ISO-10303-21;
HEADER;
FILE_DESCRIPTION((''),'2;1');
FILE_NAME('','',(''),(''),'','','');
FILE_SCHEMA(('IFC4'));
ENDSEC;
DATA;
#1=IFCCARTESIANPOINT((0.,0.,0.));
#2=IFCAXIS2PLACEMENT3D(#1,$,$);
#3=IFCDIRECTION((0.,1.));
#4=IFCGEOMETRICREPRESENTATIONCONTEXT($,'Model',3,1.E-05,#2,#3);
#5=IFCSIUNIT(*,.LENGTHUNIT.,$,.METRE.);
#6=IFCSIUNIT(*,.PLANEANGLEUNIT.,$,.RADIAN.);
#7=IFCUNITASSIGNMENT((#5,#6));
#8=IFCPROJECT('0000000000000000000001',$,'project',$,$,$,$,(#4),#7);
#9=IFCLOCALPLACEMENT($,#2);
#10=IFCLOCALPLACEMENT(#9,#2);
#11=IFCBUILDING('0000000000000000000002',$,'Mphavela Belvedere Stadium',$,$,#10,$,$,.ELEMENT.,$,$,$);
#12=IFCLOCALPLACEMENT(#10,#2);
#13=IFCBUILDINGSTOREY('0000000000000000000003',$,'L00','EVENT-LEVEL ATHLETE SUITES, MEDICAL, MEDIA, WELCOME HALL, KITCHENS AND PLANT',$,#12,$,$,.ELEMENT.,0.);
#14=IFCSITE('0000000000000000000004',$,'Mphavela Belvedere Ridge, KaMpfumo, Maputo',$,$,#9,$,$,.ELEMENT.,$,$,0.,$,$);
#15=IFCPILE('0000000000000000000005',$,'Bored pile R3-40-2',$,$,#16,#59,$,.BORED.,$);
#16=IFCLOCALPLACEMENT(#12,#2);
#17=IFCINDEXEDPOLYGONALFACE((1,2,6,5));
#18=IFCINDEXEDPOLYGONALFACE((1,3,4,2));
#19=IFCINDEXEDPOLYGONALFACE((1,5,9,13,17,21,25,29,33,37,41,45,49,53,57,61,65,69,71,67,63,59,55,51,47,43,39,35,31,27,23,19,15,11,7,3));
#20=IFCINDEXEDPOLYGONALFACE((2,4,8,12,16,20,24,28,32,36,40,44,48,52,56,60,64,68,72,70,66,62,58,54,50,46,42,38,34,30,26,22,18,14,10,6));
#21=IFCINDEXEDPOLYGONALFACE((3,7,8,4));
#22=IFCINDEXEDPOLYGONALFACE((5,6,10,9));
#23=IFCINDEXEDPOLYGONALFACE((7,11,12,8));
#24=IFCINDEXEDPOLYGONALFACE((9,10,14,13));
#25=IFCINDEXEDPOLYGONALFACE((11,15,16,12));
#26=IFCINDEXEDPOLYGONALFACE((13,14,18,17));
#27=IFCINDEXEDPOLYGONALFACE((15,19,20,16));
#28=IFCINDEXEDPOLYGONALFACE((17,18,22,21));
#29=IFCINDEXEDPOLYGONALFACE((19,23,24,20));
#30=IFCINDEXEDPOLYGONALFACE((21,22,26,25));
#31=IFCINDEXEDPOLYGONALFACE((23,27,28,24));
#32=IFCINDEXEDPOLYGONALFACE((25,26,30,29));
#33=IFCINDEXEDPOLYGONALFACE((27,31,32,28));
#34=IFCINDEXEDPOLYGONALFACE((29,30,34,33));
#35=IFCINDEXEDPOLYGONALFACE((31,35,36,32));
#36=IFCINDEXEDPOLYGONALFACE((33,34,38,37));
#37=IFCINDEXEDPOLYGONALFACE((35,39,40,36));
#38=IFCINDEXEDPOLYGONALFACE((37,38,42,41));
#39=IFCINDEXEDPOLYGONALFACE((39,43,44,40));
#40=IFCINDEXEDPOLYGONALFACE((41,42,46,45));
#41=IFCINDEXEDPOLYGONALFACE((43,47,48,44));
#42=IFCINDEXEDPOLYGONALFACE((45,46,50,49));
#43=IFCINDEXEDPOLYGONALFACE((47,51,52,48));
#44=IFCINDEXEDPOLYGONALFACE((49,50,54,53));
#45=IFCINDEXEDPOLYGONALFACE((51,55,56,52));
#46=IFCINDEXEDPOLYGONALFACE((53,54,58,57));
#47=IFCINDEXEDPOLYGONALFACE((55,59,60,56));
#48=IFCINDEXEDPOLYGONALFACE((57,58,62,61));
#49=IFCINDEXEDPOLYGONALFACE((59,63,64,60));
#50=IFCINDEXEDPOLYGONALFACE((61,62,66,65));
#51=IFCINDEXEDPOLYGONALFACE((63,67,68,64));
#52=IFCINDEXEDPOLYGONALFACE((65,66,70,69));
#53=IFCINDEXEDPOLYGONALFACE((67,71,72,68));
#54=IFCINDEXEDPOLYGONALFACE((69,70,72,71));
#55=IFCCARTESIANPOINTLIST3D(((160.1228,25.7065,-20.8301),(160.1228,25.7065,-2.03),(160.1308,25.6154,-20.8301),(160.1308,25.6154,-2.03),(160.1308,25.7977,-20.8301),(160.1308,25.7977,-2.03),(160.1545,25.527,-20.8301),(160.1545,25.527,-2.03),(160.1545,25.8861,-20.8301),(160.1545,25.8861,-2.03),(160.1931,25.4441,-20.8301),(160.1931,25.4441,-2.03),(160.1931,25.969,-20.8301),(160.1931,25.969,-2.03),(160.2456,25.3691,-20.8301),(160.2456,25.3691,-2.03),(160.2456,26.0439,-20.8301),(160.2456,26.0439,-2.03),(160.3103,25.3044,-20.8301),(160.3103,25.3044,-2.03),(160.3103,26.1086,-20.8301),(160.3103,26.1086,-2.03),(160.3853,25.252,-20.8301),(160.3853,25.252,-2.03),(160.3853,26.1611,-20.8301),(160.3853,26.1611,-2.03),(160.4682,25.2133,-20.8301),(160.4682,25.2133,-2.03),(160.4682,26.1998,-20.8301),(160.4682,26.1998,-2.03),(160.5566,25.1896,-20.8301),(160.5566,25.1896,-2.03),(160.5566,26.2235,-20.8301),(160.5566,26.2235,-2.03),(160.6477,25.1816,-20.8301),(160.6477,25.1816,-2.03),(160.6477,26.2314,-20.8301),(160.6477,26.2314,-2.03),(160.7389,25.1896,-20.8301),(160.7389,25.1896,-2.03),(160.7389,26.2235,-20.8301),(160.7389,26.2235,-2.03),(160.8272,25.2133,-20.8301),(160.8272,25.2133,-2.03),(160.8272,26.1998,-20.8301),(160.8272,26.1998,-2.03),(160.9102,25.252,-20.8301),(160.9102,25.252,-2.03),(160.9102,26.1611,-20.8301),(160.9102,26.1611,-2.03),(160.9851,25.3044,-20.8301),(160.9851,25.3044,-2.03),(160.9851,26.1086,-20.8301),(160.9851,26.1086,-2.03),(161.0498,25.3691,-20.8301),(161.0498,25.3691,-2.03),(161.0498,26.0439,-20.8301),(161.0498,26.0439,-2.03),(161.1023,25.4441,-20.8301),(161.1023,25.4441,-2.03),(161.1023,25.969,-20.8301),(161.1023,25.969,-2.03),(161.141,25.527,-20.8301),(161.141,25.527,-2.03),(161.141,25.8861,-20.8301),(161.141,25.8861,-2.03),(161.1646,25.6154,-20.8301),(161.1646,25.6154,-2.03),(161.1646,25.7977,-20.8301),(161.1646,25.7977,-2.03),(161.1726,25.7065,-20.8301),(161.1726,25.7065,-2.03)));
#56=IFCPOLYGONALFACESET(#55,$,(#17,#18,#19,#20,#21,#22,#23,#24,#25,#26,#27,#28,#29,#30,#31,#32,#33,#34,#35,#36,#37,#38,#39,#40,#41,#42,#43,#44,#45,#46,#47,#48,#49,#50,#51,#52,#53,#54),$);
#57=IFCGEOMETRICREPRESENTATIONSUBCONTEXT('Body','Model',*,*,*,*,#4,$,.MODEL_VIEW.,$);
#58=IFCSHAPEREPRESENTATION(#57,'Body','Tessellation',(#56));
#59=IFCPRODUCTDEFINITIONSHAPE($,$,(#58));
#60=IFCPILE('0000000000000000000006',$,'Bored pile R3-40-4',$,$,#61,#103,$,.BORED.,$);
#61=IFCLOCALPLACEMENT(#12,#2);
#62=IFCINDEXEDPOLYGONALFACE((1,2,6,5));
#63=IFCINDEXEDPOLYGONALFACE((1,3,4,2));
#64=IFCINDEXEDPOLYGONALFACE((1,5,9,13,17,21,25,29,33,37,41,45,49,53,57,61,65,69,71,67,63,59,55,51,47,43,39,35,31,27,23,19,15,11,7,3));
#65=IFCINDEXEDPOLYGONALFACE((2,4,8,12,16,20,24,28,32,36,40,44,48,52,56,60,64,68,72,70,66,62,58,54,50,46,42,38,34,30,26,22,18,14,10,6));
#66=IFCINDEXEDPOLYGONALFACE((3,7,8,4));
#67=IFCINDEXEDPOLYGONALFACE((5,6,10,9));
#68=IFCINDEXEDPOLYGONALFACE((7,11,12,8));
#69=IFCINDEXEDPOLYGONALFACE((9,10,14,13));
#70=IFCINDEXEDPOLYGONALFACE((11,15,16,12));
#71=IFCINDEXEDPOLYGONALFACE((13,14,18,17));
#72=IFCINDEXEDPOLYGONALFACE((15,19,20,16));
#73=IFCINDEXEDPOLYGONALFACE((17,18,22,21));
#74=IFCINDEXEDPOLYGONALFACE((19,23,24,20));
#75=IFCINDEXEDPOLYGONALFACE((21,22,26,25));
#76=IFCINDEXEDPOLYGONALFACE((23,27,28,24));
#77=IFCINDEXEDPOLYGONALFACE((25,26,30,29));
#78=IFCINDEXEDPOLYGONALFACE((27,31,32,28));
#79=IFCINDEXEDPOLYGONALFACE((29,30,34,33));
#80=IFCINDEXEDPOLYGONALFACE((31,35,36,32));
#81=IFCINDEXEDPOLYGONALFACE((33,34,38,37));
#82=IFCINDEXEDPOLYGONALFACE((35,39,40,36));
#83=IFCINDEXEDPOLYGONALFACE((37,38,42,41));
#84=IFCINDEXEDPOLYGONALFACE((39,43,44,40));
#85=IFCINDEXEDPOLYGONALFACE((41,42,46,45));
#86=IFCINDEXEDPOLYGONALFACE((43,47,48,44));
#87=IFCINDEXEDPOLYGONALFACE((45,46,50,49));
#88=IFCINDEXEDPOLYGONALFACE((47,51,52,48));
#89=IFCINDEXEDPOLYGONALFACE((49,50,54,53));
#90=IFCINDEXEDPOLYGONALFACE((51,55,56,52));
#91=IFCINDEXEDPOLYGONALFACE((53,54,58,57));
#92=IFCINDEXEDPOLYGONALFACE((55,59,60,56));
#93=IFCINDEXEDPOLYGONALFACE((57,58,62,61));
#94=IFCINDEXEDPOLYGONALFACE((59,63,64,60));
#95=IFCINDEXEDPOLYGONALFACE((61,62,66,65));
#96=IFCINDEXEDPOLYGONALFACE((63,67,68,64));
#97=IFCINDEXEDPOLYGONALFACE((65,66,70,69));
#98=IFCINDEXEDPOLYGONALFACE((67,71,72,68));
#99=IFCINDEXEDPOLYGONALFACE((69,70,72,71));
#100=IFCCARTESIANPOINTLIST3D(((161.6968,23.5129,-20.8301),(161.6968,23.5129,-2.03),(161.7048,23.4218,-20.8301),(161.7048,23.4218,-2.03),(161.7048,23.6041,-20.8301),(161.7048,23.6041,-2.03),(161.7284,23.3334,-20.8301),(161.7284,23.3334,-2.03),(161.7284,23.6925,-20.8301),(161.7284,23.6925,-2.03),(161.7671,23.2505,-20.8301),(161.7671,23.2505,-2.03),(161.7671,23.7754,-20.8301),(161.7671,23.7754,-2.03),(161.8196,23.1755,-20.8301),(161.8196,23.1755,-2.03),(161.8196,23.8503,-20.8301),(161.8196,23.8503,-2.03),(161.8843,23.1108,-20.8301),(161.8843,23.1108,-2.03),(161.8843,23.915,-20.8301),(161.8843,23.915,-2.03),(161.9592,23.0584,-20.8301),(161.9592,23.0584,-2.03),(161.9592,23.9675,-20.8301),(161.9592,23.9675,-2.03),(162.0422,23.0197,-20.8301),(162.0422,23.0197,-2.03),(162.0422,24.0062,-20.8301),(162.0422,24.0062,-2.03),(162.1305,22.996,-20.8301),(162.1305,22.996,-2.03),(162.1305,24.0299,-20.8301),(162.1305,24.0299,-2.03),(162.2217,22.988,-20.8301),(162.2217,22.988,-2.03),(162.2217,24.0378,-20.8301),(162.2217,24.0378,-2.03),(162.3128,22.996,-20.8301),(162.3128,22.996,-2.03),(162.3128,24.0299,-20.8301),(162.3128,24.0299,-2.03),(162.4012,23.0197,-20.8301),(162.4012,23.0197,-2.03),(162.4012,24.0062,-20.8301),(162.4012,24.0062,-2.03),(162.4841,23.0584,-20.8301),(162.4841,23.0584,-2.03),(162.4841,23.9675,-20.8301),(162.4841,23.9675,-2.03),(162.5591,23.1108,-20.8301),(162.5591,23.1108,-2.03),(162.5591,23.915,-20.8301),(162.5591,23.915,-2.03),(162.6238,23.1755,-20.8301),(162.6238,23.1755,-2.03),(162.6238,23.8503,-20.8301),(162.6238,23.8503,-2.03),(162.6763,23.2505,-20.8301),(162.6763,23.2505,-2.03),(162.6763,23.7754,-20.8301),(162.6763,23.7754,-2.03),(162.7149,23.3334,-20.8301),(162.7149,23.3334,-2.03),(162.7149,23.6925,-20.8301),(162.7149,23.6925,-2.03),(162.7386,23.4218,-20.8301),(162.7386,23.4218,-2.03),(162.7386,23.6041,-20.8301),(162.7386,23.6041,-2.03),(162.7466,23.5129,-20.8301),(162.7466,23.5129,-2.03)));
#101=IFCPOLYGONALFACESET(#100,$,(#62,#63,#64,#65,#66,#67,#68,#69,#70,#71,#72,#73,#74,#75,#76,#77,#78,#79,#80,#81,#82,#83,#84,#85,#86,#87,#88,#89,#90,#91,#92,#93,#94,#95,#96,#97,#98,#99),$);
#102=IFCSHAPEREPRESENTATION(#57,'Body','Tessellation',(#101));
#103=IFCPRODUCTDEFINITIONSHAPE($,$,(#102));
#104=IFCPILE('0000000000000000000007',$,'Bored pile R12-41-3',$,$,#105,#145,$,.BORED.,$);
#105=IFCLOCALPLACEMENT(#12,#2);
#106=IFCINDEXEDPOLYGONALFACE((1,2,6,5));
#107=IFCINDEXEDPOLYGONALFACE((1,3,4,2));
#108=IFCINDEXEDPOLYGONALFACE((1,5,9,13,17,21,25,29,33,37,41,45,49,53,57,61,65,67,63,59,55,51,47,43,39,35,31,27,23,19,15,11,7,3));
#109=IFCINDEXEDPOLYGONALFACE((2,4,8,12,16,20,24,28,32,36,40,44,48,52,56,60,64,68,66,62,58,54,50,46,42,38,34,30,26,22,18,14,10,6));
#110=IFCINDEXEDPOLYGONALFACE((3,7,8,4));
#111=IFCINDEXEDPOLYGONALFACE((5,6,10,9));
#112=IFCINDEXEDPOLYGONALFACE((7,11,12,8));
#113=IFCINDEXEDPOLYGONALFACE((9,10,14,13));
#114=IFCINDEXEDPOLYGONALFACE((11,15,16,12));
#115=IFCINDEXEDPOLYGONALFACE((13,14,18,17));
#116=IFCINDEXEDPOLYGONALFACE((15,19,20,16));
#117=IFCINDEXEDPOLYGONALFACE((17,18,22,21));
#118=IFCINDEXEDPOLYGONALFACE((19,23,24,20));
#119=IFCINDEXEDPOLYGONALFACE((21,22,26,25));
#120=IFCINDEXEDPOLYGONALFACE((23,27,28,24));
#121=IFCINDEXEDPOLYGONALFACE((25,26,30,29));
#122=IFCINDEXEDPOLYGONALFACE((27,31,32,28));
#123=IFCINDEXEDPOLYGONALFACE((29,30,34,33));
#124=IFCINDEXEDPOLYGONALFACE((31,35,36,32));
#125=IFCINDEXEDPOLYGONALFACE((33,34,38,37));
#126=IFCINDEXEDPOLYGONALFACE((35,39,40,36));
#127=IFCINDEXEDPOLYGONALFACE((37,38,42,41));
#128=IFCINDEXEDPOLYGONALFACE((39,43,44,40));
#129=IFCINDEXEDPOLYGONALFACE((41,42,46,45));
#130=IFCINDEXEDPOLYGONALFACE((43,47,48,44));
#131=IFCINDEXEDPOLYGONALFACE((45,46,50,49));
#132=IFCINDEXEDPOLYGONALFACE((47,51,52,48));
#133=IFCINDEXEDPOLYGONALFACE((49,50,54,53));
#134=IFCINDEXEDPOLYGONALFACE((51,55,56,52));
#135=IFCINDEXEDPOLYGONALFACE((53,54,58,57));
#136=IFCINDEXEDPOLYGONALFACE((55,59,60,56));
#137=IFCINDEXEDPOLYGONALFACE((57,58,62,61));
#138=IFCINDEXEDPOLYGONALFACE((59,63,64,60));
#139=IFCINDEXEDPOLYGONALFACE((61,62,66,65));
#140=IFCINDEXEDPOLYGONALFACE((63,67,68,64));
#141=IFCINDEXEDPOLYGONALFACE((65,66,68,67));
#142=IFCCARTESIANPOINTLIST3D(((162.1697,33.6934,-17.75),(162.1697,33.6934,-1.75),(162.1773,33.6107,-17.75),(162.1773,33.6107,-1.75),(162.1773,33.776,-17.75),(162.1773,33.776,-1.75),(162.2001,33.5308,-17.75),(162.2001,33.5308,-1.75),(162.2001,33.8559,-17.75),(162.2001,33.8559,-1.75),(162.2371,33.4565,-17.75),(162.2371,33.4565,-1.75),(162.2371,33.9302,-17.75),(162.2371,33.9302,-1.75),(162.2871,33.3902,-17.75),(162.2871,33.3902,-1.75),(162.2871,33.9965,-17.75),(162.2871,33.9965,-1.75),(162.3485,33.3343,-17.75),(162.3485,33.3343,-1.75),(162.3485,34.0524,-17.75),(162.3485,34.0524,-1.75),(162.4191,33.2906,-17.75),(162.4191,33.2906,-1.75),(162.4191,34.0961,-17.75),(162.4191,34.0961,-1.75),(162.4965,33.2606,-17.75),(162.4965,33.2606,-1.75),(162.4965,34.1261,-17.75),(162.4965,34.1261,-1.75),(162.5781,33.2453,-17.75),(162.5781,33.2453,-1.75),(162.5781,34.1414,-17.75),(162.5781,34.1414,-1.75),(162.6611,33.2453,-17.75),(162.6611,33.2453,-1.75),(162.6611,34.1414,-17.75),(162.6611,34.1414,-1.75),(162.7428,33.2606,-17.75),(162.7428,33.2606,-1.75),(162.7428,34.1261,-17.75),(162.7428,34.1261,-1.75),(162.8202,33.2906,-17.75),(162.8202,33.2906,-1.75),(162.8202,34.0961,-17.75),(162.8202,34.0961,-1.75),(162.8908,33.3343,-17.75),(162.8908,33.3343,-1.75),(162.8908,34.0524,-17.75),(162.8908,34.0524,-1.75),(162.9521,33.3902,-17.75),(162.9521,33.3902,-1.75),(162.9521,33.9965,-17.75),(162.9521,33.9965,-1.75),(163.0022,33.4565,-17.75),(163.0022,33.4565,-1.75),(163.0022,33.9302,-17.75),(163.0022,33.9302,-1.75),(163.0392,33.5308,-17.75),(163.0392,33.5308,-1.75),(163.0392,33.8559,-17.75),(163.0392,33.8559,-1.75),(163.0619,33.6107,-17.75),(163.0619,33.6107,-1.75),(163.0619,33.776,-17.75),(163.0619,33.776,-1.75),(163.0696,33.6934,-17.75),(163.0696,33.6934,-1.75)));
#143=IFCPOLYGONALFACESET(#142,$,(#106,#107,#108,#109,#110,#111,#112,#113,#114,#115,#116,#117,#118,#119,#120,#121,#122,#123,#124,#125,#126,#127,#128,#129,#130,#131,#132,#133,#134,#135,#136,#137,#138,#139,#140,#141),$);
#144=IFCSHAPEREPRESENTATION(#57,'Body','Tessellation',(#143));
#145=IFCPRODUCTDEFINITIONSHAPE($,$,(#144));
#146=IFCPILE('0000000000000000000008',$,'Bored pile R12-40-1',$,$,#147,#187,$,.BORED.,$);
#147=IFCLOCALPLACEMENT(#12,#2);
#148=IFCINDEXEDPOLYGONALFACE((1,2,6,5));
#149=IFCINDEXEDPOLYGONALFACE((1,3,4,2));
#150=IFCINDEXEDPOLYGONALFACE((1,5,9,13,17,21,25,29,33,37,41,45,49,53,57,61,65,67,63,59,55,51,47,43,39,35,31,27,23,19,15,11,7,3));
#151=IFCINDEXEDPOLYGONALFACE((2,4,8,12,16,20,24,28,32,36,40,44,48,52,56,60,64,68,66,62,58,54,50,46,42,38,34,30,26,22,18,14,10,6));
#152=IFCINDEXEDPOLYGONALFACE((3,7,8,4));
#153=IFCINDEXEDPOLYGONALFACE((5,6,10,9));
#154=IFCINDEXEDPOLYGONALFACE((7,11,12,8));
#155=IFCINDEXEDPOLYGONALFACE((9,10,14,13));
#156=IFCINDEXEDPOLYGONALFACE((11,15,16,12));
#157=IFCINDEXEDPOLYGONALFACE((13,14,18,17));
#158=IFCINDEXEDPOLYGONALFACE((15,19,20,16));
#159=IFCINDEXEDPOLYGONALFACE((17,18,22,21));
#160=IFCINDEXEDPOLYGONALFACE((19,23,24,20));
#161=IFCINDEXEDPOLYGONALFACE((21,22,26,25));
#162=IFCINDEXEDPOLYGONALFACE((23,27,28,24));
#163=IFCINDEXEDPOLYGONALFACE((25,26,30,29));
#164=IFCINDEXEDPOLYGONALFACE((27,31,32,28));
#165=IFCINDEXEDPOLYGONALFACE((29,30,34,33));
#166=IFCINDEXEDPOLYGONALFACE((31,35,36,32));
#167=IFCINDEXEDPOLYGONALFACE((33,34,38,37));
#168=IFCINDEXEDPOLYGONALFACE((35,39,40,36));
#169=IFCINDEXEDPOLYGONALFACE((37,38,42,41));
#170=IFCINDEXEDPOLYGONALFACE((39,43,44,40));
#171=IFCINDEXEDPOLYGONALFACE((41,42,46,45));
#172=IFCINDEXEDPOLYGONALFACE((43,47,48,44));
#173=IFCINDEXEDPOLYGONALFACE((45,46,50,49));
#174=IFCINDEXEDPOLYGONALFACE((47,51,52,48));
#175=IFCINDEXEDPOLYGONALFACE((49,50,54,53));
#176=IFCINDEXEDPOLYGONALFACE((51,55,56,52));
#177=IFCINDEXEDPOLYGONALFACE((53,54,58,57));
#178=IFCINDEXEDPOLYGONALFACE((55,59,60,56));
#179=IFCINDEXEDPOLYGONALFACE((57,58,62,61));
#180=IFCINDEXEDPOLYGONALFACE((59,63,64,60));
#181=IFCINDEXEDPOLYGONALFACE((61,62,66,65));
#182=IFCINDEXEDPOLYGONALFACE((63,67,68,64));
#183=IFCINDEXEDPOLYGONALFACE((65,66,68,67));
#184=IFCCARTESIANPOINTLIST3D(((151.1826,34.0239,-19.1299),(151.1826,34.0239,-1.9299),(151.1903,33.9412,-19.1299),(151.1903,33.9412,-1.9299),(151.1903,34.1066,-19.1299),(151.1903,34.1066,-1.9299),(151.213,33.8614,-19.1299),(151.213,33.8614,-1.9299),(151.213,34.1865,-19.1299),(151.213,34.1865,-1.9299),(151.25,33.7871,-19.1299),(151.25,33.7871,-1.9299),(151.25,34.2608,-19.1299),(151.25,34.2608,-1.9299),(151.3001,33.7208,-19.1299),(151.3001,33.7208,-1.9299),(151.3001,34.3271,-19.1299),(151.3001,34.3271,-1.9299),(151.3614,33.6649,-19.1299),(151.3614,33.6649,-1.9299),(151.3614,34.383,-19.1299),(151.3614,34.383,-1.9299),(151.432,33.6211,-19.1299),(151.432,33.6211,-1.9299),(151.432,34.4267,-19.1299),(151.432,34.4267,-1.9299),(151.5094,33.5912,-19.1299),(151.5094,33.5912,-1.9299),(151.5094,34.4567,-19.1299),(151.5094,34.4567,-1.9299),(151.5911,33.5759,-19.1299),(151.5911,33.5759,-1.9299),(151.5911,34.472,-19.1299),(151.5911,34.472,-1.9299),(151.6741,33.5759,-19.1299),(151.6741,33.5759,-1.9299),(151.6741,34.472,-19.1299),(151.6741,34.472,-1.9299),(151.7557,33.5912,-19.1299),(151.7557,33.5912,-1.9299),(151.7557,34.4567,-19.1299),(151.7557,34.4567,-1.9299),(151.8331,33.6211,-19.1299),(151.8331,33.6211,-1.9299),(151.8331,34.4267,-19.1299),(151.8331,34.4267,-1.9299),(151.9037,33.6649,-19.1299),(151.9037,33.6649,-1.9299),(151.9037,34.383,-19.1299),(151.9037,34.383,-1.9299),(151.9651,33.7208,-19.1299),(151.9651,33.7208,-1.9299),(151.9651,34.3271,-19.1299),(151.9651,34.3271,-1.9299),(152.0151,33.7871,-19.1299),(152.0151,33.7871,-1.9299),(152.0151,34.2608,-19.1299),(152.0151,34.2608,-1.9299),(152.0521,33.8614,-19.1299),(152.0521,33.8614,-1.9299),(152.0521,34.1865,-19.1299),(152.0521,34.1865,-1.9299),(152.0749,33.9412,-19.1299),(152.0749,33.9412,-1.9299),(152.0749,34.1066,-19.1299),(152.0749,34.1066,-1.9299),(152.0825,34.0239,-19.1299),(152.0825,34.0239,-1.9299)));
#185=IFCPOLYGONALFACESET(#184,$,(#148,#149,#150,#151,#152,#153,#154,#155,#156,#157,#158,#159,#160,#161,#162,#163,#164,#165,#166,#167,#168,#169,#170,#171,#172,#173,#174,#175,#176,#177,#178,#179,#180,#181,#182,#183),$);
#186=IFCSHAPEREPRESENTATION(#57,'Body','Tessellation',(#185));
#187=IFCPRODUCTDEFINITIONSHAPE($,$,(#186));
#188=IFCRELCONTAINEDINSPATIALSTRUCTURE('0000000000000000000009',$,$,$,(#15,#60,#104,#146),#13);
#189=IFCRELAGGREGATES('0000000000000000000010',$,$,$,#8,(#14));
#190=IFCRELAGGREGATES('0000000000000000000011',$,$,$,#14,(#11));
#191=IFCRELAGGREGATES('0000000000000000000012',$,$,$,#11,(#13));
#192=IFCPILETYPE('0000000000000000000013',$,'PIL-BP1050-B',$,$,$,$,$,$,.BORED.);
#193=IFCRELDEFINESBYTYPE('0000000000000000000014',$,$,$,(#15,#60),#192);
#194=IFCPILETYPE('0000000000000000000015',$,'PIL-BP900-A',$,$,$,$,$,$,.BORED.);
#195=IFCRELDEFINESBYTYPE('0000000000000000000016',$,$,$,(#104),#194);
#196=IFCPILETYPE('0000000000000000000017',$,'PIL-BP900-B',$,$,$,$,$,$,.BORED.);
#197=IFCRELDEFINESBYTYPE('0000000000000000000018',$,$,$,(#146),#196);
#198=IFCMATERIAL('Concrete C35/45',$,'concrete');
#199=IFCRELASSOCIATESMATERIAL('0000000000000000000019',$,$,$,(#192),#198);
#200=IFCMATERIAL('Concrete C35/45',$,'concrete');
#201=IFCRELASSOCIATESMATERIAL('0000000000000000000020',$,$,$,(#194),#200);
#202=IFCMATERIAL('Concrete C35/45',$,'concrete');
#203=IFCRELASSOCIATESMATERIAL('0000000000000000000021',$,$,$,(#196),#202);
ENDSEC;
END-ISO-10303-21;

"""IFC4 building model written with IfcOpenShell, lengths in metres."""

from ifc_helpers import new_model, si_unit, direction, frame, origin, origin_2d, place, context, subcontext, project, spatial, circle, extrude, material, material_profile, profile_set, type_object, element, save


model = new_model("IFC4")

# Units and contexts
model_context = context("Model", 3, precision=1e-05, world=origin(), true_north=direction((0.0, 1.0)))
body_context = subcontext(model_context, "Body", "Model", "MODEL_VIEW")
ifc_project = project(units=[si_unit("LENGTHUNIT", "METRE"), si_unit("PLANEANGLEUNIT", "RADIAN")], contexts=[model_context])

# Site, building, storey
site_placement = place(None, origin())
site = spatial("IfcSite", under=ifc_project, at=site_placement, Name="Mphavela Belvedere Ridge, KaMpfumo, Maputo", CompositionType="ELEMENT", RefElevation=0.0)
building_placement = place(site_placement, origin())
building = spatial("IfcBuilding", under=site, at=building_placement, Name="Mphavela Belvedere Stadium", CompositionType="ELEMENT")
storey_placement = place(building_placement, origin())
storey = spatial("IfcBuildingStorey", under=building, at=storey_placement, Name="L00", Description="EVENT-LEVEL ATHLETE SUITES, MEDICAL, MEDIA, WELCOME HALL, KITCHENS AND PLANT", CompositionType="ELEMENT", Elevation=0.0)

# Piles
ifc_material_1 = material(Name="Concrete C35/45", Category="concrete")
ifc_material_profile_1 = material_profile(ifc_material_1, circle(Radius=0.5249, at=origin_2d()), Name="BP D1050")
ifc_profile_set_1 = profile_set([ifc_material_profile_1], Name="Concrete C35/45")
pile_type_1 = type_object("IfcPileType", Name="PIL-BP1050-B", PredefinedType="BORED", material=ifc_profile_set_1)
for number, where, z_axis, x_axis, name in (
    (1, (160.6477, 25.7065, -2.03), (0.0, 0.0, -1.0), (1.0, 0.0, 0.0), "Bored pile R3-40-2"),
    (2, (162.2217, 23.5129, -2.03), (0.0, 0.0, -1.0), (1.0, 0.0, 0.0), "Bored pile R3-40-4"),
):
    element("IfcPile", number, at=place(storey_placement, frame(where, z_axis=z_axis, x_axis=x_axis)), inside=storey, type_object=pile_type_1, Name=name, PredefinedType="BORED", context=body_context, shape_type="SweptSolid", body=[
        extrude(circle(Radius=0.5249, at=origin_2d()), origin(), (0.0, 0.0, 1.0), 18.8),
    ])
ifc_material_2 = material(Name="Concrete C35/45", Category="concrete")
ifc_material_profile_2 = material_profile(ifc_material_2, circle(Radius=0.45, at=origin_2d()), Name="BP D900")
ifc_profile_set_2 = profile_set([ifc_material_profile_2], Name="Concrete C35/45")
pile_type_2 = type_object("IfcPileType", Name="PIL-BP900-A", PredefinedType="BORED", material=ifc_profile_set_2)
pile_1_placement = place(storey_placement, frame((162.6196, 33.6934, -1.75), z_axis=(0.0, 0.0, -1.0), x_axis=(1.0, 0.0, 0.0)))
element("IfcPile", 3, at=pile_1_placement, inside=storey, type_object=pile_type_2, Name="Bored pile R12-41-3", PredefinedType="BORED", context=body_context, shape_type="SweptSolid", body=[
    extrude(circle(Radius=0.45, at=origin_2d()), origin(), (0.0, 0.0, 1.0), 16.0),
])
ifc_material_3 = material(Name="Concrete C35/45", Category="concrete")
ifc_material_profile_3 = material_profile(ifc_material_3, circle(Radius=0.45, at=origin_2d()), Name="BP D900")
ifc_profile_set_3 = profile_set([ifc_material_profile_3], Name="Concrete C35/45")
pile_type_3 = type_object("IfcPileType", Name="PIL-BP900-B", PredefinedType="BORED", material=ifc_profile_set_3)
for number, where, z_axis, x_axis, name in (
    (4, (151.6326, 34.0239, -1.9299), (0.0, 0.0, -1.0), (1.0, 0.0, 0.0), "Bored pile R12-40-1"),
):
    element("IfcPile", number, at=place(storey_placement, frame(where, z_axis=z_axis, x_axis=x_axis)), inside=storey, type_object=pile_type_3, Name=name, PredefinedType="BORED", context=body_context, shape_type="SweptSolid", body=[
        extrude(circle(Radius=0.45, at=origin_2d()), origin(), (0.0, 0.0, 1.0), 17.2),
    ])

save(model, "model.ifc")
